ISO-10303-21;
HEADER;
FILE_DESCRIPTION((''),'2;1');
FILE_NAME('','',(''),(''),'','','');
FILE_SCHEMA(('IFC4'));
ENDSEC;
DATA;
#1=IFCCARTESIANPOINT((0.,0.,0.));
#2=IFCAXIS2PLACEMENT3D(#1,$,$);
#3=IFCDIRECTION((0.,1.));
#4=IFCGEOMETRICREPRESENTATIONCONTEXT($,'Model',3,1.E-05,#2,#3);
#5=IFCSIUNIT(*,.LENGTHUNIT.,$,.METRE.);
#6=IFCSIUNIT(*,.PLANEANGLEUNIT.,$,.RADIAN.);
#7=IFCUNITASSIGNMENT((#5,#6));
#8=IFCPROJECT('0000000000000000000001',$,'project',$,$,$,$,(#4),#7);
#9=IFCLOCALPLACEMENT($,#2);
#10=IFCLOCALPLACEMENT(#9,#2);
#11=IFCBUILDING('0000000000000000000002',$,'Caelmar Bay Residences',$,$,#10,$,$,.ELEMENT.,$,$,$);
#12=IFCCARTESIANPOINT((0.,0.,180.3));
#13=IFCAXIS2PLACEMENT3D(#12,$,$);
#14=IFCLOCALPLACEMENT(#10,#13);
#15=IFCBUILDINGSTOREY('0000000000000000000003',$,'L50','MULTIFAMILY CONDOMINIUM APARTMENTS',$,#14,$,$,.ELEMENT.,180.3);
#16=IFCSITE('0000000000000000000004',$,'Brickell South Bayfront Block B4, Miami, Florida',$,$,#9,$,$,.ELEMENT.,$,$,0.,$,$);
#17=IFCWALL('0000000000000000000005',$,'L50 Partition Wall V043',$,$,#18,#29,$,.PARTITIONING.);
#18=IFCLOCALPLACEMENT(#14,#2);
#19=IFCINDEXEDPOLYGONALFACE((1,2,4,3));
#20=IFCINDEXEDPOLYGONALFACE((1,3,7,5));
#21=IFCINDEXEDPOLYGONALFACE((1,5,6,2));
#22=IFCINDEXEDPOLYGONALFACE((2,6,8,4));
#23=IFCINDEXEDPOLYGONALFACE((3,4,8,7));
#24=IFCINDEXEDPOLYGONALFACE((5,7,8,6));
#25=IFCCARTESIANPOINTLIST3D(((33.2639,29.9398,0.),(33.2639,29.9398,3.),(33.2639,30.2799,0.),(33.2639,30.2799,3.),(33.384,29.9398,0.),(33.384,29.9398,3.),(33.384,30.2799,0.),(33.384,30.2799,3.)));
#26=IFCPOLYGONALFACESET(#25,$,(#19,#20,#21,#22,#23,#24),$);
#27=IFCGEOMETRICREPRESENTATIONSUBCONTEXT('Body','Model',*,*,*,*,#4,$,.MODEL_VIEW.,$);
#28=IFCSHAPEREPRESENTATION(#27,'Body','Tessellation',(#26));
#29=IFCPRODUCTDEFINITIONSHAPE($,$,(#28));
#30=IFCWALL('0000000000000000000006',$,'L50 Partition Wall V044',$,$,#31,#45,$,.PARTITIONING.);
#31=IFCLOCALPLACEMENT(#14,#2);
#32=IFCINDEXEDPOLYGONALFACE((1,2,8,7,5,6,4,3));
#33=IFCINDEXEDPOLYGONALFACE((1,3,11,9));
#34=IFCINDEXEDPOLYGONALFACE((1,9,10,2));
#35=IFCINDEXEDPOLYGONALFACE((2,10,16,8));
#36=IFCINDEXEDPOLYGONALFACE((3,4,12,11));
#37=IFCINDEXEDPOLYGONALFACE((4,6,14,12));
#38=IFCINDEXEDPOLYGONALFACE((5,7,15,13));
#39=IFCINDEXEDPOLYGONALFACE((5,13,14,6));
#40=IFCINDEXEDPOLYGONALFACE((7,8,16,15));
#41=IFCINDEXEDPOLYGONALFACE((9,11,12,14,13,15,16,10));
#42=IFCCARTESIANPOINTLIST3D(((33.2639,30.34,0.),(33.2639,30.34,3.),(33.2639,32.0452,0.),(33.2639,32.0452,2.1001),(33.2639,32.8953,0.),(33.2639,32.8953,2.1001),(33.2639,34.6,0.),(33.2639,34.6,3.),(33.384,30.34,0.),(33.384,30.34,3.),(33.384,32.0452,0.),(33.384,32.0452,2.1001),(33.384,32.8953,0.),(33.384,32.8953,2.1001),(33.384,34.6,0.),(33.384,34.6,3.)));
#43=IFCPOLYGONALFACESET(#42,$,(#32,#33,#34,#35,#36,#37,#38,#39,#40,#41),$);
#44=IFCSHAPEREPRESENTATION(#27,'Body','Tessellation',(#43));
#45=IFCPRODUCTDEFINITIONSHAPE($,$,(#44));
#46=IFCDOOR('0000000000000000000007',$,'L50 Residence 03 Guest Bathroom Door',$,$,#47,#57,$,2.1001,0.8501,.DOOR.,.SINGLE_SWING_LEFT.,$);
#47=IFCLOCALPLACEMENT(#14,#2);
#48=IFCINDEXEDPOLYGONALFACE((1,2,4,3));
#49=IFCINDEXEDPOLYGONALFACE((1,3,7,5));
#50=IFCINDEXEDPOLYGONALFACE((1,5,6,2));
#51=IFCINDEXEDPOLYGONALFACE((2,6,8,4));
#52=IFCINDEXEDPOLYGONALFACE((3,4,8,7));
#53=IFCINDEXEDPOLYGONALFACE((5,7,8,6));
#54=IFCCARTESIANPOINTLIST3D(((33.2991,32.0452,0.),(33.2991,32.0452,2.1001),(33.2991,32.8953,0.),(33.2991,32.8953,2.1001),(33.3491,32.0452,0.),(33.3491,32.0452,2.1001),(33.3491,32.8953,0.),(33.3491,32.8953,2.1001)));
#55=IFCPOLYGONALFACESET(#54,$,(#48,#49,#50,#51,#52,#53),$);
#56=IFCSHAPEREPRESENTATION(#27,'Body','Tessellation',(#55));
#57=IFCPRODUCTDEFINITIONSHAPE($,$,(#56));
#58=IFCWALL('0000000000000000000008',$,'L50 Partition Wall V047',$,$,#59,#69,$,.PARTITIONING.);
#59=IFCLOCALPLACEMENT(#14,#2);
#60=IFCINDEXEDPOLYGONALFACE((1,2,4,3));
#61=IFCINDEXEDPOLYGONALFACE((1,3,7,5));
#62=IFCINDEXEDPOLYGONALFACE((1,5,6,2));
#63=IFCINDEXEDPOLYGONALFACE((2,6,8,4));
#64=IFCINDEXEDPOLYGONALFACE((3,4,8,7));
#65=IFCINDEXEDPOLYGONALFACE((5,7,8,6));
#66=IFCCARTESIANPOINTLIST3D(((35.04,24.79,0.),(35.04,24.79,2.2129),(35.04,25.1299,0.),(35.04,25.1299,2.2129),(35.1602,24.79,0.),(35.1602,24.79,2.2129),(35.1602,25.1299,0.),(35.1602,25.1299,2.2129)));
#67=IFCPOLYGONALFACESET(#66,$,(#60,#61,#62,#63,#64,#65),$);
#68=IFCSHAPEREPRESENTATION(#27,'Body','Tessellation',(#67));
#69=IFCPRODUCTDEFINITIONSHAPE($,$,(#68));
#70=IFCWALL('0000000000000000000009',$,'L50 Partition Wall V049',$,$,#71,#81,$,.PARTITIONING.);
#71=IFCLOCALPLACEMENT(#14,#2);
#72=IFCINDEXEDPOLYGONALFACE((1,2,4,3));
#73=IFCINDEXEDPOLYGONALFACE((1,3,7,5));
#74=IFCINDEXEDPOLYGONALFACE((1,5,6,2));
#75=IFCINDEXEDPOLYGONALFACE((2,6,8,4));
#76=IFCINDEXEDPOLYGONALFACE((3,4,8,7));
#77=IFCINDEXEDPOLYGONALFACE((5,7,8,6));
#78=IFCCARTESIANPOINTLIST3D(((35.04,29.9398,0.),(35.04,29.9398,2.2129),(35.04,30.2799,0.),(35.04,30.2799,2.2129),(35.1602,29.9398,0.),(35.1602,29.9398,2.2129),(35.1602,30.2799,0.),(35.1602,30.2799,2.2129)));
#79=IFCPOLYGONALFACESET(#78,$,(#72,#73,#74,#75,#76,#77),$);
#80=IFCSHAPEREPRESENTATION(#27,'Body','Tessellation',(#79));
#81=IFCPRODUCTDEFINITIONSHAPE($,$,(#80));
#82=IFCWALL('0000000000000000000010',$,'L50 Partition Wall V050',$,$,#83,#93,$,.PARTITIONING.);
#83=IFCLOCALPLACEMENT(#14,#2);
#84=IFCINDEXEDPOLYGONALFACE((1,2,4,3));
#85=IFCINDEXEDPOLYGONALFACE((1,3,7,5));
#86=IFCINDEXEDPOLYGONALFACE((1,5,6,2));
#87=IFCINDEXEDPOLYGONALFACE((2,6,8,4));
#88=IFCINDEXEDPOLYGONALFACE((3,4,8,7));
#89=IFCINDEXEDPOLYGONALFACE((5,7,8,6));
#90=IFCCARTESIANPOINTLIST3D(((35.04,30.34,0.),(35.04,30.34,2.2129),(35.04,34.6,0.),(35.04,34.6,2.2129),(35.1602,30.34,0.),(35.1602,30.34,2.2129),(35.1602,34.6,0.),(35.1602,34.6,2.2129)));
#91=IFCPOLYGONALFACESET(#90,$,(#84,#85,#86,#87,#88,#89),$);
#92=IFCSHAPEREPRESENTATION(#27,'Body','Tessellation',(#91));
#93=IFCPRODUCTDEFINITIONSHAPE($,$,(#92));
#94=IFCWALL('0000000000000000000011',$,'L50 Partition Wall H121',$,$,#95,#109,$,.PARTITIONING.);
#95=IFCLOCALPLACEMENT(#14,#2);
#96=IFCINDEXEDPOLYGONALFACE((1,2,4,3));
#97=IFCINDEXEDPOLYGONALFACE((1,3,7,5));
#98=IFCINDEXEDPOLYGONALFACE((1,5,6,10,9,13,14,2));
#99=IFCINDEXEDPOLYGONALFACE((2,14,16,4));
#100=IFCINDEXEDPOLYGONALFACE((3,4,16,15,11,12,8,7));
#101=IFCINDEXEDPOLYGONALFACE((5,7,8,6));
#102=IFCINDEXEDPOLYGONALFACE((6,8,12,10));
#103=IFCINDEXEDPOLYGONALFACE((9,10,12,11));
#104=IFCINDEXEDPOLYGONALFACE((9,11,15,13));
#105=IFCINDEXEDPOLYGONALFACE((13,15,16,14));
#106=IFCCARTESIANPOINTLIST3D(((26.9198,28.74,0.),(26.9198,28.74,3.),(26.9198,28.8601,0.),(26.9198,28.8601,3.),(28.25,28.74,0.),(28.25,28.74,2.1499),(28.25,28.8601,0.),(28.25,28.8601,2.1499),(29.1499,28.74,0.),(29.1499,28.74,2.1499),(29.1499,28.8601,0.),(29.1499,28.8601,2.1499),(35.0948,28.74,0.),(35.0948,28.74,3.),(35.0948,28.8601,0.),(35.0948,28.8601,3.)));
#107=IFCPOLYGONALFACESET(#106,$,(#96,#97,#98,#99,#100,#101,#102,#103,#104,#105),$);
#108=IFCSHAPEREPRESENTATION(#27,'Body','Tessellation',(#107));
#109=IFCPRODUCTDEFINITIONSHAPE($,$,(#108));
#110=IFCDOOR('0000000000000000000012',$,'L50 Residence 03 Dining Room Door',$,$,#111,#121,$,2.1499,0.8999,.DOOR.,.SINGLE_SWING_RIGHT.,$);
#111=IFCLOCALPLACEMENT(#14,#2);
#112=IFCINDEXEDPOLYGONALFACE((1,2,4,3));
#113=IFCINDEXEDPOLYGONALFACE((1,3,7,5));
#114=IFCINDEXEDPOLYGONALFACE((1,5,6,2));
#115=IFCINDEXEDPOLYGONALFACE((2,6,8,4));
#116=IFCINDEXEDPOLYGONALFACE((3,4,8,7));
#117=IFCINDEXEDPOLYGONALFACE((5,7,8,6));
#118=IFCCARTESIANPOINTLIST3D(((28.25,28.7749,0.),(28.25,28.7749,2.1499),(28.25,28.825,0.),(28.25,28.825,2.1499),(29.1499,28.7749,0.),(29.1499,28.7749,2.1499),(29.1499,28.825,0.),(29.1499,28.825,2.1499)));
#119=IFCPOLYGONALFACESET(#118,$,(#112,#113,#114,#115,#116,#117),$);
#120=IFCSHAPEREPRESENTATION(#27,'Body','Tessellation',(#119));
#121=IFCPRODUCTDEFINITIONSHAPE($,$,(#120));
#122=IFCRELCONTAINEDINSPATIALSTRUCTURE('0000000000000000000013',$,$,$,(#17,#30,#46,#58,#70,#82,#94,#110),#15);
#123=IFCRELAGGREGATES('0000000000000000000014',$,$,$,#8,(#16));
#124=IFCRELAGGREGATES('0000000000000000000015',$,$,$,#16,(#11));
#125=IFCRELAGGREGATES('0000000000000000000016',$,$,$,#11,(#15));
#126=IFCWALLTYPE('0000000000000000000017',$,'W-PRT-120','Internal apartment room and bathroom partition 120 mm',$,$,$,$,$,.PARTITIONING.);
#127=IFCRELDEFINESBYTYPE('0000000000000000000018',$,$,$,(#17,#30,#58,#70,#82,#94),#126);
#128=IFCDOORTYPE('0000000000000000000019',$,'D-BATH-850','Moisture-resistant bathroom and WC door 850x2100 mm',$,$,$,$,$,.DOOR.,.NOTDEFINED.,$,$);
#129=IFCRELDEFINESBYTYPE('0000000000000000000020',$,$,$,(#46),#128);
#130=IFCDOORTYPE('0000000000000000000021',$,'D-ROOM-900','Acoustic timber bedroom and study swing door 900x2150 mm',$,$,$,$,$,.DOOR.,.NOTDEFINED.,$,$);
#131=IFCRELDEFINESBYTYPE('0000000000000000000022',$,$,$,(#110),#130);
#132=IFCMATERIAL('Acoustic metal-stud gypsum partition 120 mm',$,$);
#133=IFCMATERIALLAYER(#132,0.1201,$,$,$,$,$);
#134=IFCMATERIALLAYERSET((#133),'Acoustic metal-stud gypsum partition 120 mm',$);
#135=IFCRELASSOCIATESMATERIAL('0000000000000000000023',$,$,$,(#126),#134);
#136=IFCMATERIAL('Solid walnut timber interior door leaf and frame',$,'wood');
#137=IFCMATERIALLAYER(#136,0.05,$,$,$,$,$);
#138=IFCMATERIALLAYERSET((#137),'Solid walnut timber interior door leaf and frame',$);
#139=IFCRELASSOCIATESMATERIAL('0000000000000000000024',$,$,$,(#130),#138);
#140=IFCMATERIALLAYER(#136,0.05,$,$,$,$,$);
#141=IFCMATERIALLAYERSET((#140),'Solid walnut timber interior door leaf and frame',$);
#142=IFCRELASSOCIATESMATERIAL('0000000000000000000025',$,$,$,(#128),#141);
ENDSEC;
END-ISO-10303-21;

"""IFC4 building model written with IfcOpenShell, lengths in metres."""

from ifc_helpers import new_model, si_unit, direction, frame, frame_2d, origin, place, context, subcontext, project, spatial, rectangle, extrude, material, layer, layer_set, type_object, element, fill, save


model = new_model("IFC4")

# Units and contexts
model_context = context("Model", 3, precision=1e-05, world=origin(), true_north=direction((0.0, 1.0)))
body_context = subcontext(model_context, "Body", "Model", "MODEL_VIEW")
ifc_project = project(units=[si_unit("LENGTHUNIT", "METRE"), si_unit("PLANEANGLEUNIT", "RADIAN")], contexts=[model_context])

# Site, building, storey
site_placement = place(None, origin())
site = spatial("IfcSite", under=ifc_project, at=site_placement, Name="Brickell South Bayfront Block B4, Miami, Florida", CompositionType="ELEMENT", RefElevation=0.0)
building_placement = place(site_placement, origin())
building = spatial("IfcBuilding", under=site, at=building_placement, Name="Caelmar Bay Residences", CompositionType="ELEMENT")
storey_placement = place(building_placement, frame((0.0, 0.0, 180.3)))
storey = spatial("IfcBuildingStorey", under=building, at=storey_placement, Name="L50", Description="MULTIFAMILY CONDOMINIUM APARTMENTS", CompositionType="ELEMENT", Elevation=180.3)

# Shared definitions
ifc_material_1 = material(Name="Acoustic metal-stud gypsum partition 120 mm")
ifc_layer_1 = layer(ifc_material_1, 0.1201)
ifc_layer_set_1 = layer_set([ifc_layer_1], Name="Acoustic metal-stud gypsum partition 120 mm")
wall_type = type_object("IfcWallType", Name="W-PRT-120", Description="Internal apartment room and bathroom partition 120 mm", PredefinedType="PARTITIONING", material=ifc_layer_set_1)

# Shared definitions
ifc_material_2 = material(Name="Solid walnut timber interior door leaf and frame", Category="wood")
ifc_layer_2 = layer(ifc_material_2, 0.05)
ifc_layer_set_2 = layer_set([ifc_layer_2], Name="Solid walnut timber interior door leaf and frame")
door_type_1 = type_object("IfcDoorType", Name="D-ROOM-900", Description="Acoustic timber bedroom and study swing door 900x2150 mm", OperationType="NOTDEFINED", PredefinedType="DOOR", material=ifc_layer_set_2)

# Wall
wall_1_placement = place(storey_placement, frame((33.324, 29.9399, 0.0), z_axis=(0.0, 0.0, 1.0), x_axis=(0.0, 1.0, 0.0)))
element("IfcWall", 1, at=wall_1_placement, inside=storey, type_object=wall_type, Name="L50 Partition Wall V043", PredefinedType="PARTITIONING", context=body_context, shape_type="SweptSolid", body=[
    extrude(rectangle(XDim=0.3401, YDim=0.1201, at=frame_2d((0.1699, 0.0))), origin(), (0.0, 0.0, 1.0), 3.0),
])

# Wall, opening, door
wall_2_placement = place(storey_placement, frame((33.324, 30.3401, 0.0), z_axis=(0.0, 0.0, 1.0), x_axis=(0.0, 1.0, 0.0)))
wall_2 = element("IfcWall", 2, at=wall_2_placement, inside=storey, type_object=wall_type, Name="L50 Partition Wall V044", PredefinedType="PARTITIONING", context=body_context, shape_type="SweptSolid", body=[
    extrude(rectangle(XDim=4.26, YDim=0.1201, at=frame_2d((2.1299, 0.0))), origin(), (0.0, 0.0, 1.0), 3.0),
])
opening_1_placement = place(wall_2_placement, frame((1.7051, 0.0, 0.0)))
opening_1 = element("IfcOpeningElement", 3, at=opening_1_placement, cuts=wall_2, PredefinedType="OPENING", context=body_context, shape_type="SweptSolid", body=[
    extrude(rectangle(XDim=0.8501, YDim=2.1001, at=frame_2d((0.425, 1.05))), frame((0.0, 0.0701, 0.0), z_axis=(0.0, -1.0, 0.0), x_axis=(1.0, 0.0, 0.0)), (0.0, 0.0, 1.0), 0.1401),
])
ifc_layer_3 = layer(ifc_material_2, 0.05)
ifc_layer_set_3 = layer_set([ifc_layer_3], Name="Solid walnut timber interior door leaf and frame")
door_type_2 = type_object("IfcDoorType", Name="D-BATH-850", Description="Moisture-resistant bathroom and WC door 850x2100 mm", OperationType="NOTDEFINED", PredefinedType="DOOR", material=ifc_layer_set_3)
door_1_placement = place(opening_1_placement, origin())
door_1 = element("IfcDoor", 4, at=door_1_placement, inside=storey, type_object=door_type_2, Name="L50 Residence 03 Guest Bathroom Door", OperationType="SINGLE_SWING_LEFT", OverallHeight=2.1001, OverallWidth=0.8501, PredefinedType="DOOR", context=body_context, shape_type="SweptSolid", body=[
    extrude(rectangle(XDim=0.8501, YDim=2.1001, at=frame_2d((0.425, 1.05))), frame((0.0, 0.0249, 0.0), z_axis=(0.0, -1.0, 0.0), x_axis=(1.0, 0.0, 0.0)), (0.0, 0.0, 1.0), 0.05),
])
fill(opening_1, door_1)

# Wall
wall_3_placement = place(storey_placement, frame((35.1001, 24.79, 0.0), z_axis=(0.0, 0.0, 1.0), x_axis=(0.0, 1.0, 0.0)))
element("IfcWall", 5, at=wall_3_placement, inside=storey, type_object=wall_type, Name="L50 Partition Wall V047", PredefinedType="PARTITIONING", context=body_context, shape_type="SweptSolid", body=[
    extrude(rectangle(XDim=0.3398, YDim=0.1201, at=frame_2d((0.1699, 0.0))), origin(), (0.0, 0.0, 1.0), 2.2129),
])

# Walls
wall_4_placement = place(storey_placement, frame((35.1001, 29.9399, 0.0), z_axis=(0.0, 0.0, 1.0), x_axis=(0.0, 1.0, 0.0)))
element("IfcWall", 6, at=wall_4_placement, inside=storey, type_object=wall_type, Name="L50 Partition Wall V049", PredefinedType="PARTITIONING", context=body_context, shape_type="SweptSolid", body=[
    extrude(rectangle(XDim=0.3401, YDim=0.1201, at=frame_2d((0.1699, 0.0))), origin(), (0.0, 0.0, 1.0), 2.2129),
])
wall_5_placement = place(storey_placement, frame((35.1001, 30.3401, 0.0), z_axis=(0.0, 0.0, 1.0), x_axis=(0.0, 1.0, 0.0)))
element("IfcWall", 7, at=wall_5_placement, inside=storey, type_object=wall_type, Name="L50 Partition Wall V050", PredefinedType="PARTITIONING", context=body_context, shape_type="SweptSolid", body=[
    extrude(rectangle(XDim=4.26, YDim=0.1201, at=frame_2d((2.1299, 0.0))), origin(), (0.0, 0.0, 1.0), 2.2129),
])

# Wall, opening, door
wall_6_placement = place(storey_placement, frame((26.9199, 28.8, 0.0), z_axis=(0.0, 0.0, 1.0), x_axis=(1.0, 0.0, 0.0)))
wall_6 = element("IfcWall", 8, at=wall_6_placement, inside=storey, type_object=wall_type, Name="L50 Partition Wall H121", PredefinedType="PARTITIONING", context=body_context, shape_type="SweptSolid", body=[
    extrude(rectangle(XDim=8.175, YDim=0.1201, at=frame_2d((4.0874, 0.0))), origin(), (0.0, 0.0, 1.0), 3.0),
])
opening_2_placement = place(wall_6_placement, frame((1.3301, 0.0, 0.0)))
opening_2 = element("IfcOpeningElement", 9, at=opening_2_placement, cuts=wall_6, PredefinedType="OPENING", context=body_context, shape_type="SweptSolid", body=[
    extrude(rectangle(XDim=0.8999, YDim=2.1499, at=frame_2d((0.45, 1.075))), frame((0.0, 0.0701, 0.0), z_axis=(0.0, -1.0, 0.0), x_axis=(1.0, 0.0, 0.0)), (0.0, 0.0, 1.0), 0.1401),
])
door_2_placement = place(opening_2_placement, origin())
door_2 = element("IfcDoor", 10, at=door_2_placement, inside=storey, type_object=door_type_1, Name="L50 Residence 03 Dining Room Door", OperationType="SINGLE_SWING_RIGHT", OverallHeight=2.1499, OverallWidth=0.8999, PredefinedType="DOOR", context=body_context, shape_type="SweptSolid", body=[
    extrude(rectangle(XDim=0.8999, YDim=2.1499, at=frame_2d((0.45, 1.075))), frame((0.0, 0.0249, 0.0), z_axis=(0.0, -1.0, 0.0), x_axis=(1.0, 0.0, 0.0)), (0.0, 0.0, 1.0), 0.05),
])
fill(opening_2, door_2)

save(model, "model.ifc")
